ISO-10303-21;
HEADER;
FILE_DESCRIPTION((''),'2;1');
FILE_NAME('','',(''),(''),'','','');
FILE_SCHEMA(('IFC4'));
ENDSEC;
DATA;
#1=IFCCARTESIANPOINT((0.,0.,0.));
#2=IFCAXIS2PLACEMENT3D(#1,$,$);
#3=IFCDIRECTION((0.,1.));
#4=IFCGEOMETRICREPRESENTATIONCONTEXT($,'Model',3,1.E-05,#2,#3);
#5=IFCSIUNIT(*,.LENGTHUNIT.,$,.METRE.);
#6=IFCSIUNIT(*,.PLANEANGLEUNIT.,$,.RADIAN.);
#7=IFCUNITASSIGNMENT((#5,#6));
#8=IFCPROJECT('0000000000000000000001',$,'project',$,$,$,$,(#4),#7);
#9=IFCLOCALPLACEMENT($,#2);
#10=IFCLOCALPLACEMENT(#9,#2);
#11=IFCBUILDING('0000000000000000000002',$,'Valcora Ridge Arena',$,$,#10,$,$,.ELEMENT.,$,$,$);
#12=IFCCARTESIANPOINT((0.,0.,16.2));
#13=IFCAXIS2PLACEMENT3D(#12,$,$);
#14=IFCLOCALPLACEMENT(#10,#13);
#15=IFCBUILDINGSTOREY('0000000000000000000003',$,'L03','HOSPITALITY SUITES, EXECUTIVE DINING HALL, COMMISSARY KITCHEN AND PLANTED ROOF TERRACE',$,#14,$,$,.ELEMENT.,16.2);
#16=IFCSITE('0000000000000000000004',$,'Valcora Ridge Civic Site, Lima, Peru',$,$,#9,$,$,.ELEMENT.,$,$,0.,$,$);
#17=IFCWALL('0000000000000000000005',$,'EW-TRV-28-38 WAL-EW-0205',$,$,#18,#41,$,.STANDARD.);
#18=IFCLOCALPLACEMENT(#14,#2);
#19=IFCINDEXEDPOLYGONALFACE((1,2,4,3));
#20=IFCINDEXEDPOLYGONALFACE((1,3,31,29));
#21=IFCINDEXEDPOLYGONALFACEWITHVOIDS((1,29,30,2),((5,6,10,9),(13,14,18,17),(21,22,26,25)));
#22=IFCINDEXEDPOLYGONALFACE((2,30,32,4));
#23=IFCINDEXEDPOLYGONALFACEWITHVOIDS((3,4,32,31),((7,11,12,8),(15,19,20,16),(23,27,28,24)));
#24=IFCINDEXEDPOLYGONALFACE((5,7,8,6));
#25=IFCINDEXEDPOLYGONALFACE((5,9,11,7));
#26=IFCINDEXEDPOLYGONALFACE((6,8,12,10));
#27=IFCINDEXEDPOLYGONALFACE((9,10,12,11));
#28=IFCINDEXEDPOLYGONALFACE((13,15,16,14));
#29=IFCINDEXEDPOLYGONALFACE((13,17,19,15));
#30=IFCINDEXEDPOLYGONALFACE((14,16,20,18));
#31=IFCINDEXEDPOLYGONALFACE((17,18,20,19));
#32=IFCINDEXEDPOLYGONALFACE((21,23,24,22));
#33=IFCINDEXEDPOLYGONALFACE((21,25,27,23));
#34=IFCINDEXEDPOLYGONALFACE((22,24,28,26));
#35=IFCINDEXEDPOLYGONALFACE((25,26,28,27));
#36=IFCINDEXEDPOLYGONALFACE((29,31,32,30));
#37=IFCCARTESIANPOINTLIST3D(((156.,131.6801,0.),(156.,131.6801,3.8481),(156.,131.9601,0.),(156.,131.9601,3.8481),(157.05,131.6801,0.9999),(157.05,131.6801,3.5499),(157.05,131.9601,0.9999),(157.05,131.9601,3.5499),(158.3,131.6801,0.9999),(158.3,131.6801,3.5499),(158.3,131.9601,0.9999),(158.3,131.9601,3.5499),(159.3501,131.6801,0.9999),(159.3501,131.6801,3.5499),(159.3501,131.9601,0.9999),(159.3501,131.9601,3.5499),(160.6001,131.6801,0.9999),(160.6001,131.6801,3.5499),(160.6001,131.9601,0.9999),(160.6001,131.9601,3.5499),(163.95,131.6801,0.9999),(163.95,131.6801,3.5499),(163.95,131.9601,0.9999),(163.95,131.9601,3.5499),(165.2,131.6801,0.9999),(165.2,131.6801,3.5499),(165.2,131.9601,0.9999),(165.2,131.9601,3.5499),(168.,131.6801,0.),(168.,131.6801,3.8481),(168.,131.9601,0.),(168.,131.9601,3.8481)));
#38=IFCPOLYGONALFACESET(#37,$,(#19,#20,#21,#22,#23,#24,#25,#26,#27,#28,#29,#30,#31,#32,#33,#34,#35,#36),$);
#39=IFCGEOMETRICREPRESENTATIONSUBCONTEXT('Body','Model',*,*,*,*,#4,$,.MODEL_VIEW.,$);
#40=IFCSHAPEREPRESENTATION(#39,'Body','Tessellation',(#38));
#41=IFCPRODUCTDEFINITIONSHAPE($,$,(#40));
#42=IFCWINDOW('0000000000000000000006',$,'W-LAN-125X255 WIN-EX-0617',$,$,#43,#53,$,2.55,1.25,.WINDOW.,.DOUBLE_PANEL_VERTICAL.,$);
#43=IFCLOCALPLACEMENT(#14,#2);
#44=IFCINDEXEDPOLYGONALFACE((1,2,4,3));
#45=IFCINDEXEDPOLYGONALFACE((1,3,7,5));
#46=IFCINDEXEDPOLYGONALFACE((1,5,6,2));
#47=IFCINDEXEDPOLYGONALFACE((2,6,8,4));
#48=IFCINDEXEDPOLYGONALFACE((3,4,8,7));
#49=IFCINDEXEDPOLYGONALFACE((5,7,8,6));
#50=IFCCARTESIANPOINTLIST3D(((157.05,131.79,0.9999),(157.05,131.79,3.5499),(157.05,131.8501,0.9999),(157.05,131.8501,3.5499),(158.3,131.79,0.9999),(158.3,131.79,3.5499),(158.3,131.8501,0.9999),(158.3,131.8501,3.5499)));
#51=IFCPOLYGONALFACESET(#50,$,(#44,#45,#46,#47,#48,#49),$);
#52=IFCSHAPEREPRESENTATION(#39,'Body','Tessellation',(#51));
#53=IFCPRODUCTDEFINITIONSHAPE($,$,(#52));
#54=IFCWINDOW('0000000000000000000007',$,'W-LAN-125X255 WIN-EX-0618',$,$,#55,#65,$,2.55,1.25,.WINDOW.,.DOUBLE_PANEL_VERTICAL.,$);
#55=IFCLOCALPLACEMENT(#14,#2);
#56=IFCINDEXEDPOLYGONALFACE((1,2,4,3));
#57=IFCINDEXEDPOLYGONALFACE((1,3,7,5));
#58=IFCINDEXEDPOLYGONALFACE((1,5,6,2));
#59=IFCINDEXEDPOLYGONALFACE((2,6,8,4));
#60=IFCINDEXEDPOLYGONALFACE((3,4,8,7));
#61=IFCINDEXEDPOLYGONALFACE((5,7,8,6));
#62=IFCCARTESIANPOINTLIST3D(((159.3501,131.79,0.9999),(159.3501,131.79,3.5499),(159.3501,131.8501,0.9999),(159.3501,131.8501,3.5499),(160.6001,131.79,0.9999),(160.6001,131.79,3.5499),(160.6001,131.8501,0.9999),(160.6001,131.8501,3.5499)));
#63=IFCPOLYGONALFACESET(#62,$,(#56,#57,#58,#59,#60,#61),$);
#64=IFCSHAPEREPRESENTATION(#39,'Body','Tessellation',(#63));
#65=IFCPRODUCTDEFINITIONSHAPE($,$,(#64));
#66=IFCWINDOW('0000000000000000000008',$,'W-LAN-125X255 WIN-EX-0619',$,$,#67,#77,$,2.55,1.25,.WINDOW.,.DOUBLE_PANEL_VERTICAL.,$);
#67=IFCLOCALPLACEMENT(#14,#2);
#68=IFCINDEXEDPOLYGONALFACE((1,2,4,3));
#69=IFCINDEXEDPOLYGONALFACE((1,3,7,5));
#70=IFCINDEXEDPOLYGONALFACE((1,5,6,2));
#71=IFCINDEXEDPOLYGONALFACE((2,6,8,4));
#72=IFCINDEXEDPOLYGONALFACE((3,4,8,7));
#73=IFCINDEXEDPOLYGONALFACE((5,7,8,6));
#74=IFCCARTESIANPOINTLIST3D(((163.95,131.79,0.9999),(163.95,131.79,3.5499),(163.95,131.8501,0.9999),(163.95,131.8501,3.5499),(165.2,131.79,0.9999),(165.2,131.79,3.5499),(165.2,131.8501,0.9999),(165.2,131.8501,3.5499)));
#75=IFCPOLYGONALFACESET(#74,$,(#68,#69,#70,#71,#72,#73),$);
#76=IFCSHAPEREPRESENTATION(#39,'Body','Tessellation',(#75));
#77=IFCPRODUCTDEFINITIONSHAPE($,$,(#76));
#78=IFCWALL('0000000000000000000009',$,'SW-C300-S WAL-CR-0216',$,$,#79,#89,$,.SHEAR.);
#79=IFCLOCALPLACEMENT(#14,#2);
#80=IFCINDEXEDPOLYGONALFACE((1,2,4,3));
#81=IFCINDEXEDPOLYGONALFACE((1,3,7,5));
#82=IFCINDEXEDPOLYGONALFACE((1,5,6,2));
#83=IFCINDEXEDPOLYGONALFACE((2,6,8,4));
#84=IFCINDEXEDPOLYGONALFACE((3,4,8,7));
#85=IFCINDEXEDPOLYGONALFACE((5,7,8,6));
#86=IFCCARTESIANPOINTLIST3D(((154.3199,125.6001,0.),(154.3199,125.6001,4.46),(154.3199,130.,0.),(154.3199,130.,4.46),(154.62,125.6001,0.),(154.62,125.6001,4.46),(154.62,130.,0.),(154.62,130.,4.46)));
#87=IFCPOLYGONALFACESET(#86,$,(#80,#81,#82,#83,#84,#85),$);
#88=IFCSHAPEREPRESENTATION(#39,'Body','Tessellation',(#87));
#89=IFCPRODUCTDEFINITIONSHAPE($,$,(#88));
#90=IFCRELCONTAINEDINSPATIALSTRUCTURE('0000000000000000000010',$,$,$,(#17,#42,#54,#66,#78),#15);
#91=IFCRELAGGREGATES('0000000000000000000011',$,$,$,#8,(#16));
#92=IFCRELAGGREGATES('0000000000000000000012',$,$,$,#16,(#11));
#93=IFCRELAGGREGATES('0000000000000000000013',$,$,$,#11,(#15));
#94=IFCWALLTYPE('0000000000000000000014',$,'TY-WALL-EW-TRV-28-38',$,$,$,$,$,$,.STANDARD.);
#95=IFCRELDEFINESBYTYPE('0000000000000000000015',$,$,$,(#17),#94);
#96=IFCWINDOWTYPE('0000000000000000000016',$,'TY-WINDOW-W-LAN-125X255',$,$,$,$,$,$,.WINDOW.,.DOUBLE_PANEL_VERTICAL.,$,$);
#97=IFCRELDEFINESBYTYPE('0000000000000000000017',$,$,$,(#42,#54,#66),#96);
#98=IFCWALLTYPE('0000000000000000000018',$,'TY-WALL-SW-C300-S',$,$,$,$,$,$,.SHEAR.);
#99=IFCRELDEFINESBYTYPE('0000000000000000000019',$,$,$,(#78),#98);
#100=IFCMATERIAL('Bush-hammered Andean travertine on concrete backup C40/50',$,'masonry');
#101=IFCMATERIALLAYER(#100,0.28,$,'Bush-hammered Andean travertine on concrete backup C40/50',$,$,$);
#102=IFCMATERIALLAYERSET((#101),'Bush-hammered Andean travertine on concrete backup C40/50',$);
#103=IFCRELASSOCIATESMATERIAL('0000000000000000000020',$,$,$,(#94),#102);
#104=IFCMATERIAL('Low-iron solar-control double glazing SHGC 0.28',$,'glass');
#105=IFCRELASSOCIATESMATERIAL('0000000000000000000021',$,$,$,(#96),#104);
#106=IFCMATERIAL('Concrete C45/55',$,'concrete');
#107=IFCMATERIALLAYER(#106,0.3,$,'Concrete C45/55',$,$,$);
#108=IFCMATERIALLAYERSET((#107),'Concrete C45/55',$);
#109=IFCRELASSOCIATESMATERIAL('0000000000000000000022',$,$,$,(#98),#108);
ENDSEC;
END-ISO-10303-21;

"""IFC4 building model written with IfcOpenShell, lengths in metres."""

from ifc_helpers import new_model, si_unit, direction, frame, frame_2d, origin, place, context, subcontext, project, spatial, rectangle, extrude, material, layer, layer_set, type_object, element, fill, save


model = new_model("IFC4")

# Units and contexts
model_context = context("Model", 3, precision=1e-05, world=origin(), true_north=direction((0.0, 1.0)))
body_context = subcontext(model_context, "Body", "Model", "MODEL_VIEW")
ifc_project = project(units=[si_unit("LENGTHUNIT", "METRE"), si_unit("PLANEANGLEUNIT", "RADIAN")], contexts=[model_context])

# Site, building, storey
site_placement = place(None, origin())
site = spatial("IfcSite", under=ifc_project, at=site_placement, Name="Valcora Ridge Civic Site, Lima, Peru", CompositionType="ELEMENT", RefElevation=0.0)
building_placement = place(site_placement, origin())
building = spatial("IfcBuilding", under=site, at=building_placement, Name="Valcora Ridge Arena", CompositionType="ELEMENT")
storey_placement = place(building_placement, frame((0.0, 0.0, 16.2)))
storey = spatial("IfcBuildingStorey", under=building, at=storey_placement, Name="L03", Description="HOSPITALITY SUITES, EXECUTIVE DINING HALL, COMMISSARY KITCHEN AND PLANTED ROOF TERRACE", CompositionType="ELEMENT", Elevation=16.2)

# Shared definitions
ifc_material_1 = material(Name="Low-iron solar-control double glazing SHGC 0.28", Category="glass")

# Wall, openings, windows
ifc_material_2 = material(Name="Bush-hammered Andean travertine on concrete backup C40/50", Category="masonry")
ifc_layer_1 = layer(ifc_material_2, 0.28, Name="Bush-hammered Andean travertine on concrete backup C40/50")
ifc_layer_set_1 = layer_set([ifc_layer_1], Name="Bush-hammered Andean travertine on concrete backup C40/50")
wall_type_1 = type_object("IfcWallType", Name="TY-WALL-EW-TRV-28-38", PredefinedType="STANDARD", material=ifc_layer_set_1)
wall_1_placement = place(storey_placement, frame((156.0, 131.8201, 0.0), z_axis=(0.0, 0.0, 1.0), x_axis=(1.0, 0.0, 0.0)))
wall_1 = element("IfcWall", 1, at=wall_1_placement, inside=storey, type_object=wall_type_1, Name="EW-TRV-28-38 WAL-EW-0205", PredefinedType="STANDARD", context=body_context, shape_type="SweptSolid", body=[
    extrude(rectangle(XDim=12.0, YDim=0.28, at=frame_2d((6.0, 0.0))), origin(), (0.0, 0.0, 1.0), 3.8481),
])
opening_1_placement = place(wall_1_placement, frame((1.05, 0.0, 1.0)))
opening_1 = element("IfcOpeningElement", 2, at=opening_1_placement, cuts=wall_1, PredefinedType="OPENING", context=body_context, shape_type="SweptSolid", body=[
    extrude(rectangle(XDim=1.25, YDim=2.55, at=frame_2d((0.625, 1.2749))), frame((0.0, 0.1499, 0.0), z_axis=(0.0, -1.0, 0.0), x_axis=(1.0, 0.0, 0.0)), (0.0, 0.0, 1.0), 0.3),
])
opening_2_placement = place(wall_1_placement, frame((3.3501, 0.0, 1.0)))
opening_2 = element("IfcOpeningElement", 3, at=opening_2_placement, cuts=wall_1, PredefinedType="OPENING", context=body_context, shape_type="SweptSolid", body=[
    extrude(rectangle(XDim=1.25, YDim=2.55, at=frame_2d((0.625, 1.2749))), frame((0.0, 0.1499, 0.0), z_axis=(0.0, -1.0, 0.0), x_axis=(1.0, 0.0, 0.0)), (0.0, 0.0, 1.0), 0.3),
])
opening_3_placement = place(wall_1_placement, frame((7.95, 0.0, 1.0)))
opening_3 = element("IfcOpeningElement", 4, at=opening_3_placement, cuts=wall_1, PredefinedType="OPENING", context=body_context, shape_type="SweptSolid", body=[
    extrude(rectangle(XDim=1.25, YDim=2.55, at=frame_2d((0.625, 1.2749))), frame((0.0, 0.1499, 0.0), z_axis=(0.0, -1.0, 0.0), x_axis=(1.0, 0.0, 0.0)), (0.0, 0.0, 1.0), 0.3),
])
window_type = type_object("IfcWindowType", Name="TY-WINDOW-W-LAN-125X255", PartitioningType="DOUBLE_PANEL_VERTICAL", PredefinedType="WINDOW", material=ifc_material_1)
window_1_placement = place(opening_1_placement, origin())
window_1 = element("IfcWindow", 5, at=window_1_placement, inside=storey, type_object=window_type, Name="W-LAN-125X255 WIN-EX-0617", OverallHeight=2.55, OverallWidth=1.25, PartitioningType="DOUBLE_PANEL_VERTICAL", PredefinedType="WINDOW", context=body_context, shape_type="SweptSolid", body=[
    extrude(rectangle(XDim=1.25, YDim=2.55, at=frame_2d((0.625, 1.2749))), frame((0.0, 0.03, 0.0), z_axis=(0.0, -1.0, 0.0), x_axis=(1.0, 0.0, 0.0)), (0.0, 0.0, 1.0), 0.0601),
])
fill(opening_1, window_1)
window_2_placement = place(opening_2_placement, origin())
window_2 = element("IfcWindow", 6, at=window_2_placement, inside=storey, type_object=window_type, Name="W-LAN-125X255 WIN-EX-0618", OverallHeight=2.55, OverallWidth=1.25, PartitioningType="DOUBLE_PANEL_VERTICAL", PredefinedType="WINDOW", context=body_context, shape_type="SweptSolid", body=[
    extrude(rectangle(XDim=1.25, YDim=2.55, at=frame_2d((0.625, 1.2749))), frame((0.0, 0.03, 0.0), z_axis=(0.0, -1.0, 0.0), x_axis=(1.0, 0.0, 0.0)), (0.0, 0.0, 1.0), 0.0601),
])
fill(opening_2, window_2)
window_3_placement = place(opening_3_placement, origin())
window_3 = element("IfcWindow", 7, at=window_3_placement, inside=storey, type_object=window_type, Name="W-LAN-125X255 WIN-EX-0619", OverallHeight=2.55, OverallWidth=1.25, PartitioningType="DOUBLE_PANEL_VERTICAL", PredefinedType="WINDOW", context=body_context, shape_type="SweptSolid", body=[
    extrude(rectangle(XDim=1.25, YDim=2.55, at=frame_2d((0.625, 1.2749))), frame((0.0, 0.03, 0.0), z_axis=(0.0, -1.0, 0.0), x_axis=(1.0, 0.0, 0.0)), (0.0, 0.0, 1.0), 0.0601),
])
fill(opening_3, window_3)

# Wall
ifc_material_3 = material(Name="Concrete C45/55", Category="concrete")
ifc_layer_2 = layer(ifc_material_3, 0.3, Name="Concrete C45/55")
ifc_layer_set_2 = layer_set([ifc_layer_2], Name="Concrete C45/55")
wall_type_2 = type_object("IfcWallType", Name="TY-WALL-SW-C300-S", PredefinedType="SHEAR", material=ifc_layer_set_2)
wall_2_placement = place(storey_placement, frame((154.47, 125.6001, 0.0), z_axis=(0.0, 0.0, 1.0), x_axis=(0.0, 1.0, 0.0)))
element("IfcWall", 8, at=wall_2_placement, inside=storey, type_object=wall_type_2, Name="SW-C300-S WAL-CR-0216", PredefinedType="SHEAR", context=body_context, shape_type="SweptSolid", body=[
    extrude(rectangle(XDim=4.3999, YDim=0.3, at=frame_2d((2.2, 0.0))), origin(), (0.0, 0.0, 1.0), 4.46),
])

save(model, "model.ifc")
